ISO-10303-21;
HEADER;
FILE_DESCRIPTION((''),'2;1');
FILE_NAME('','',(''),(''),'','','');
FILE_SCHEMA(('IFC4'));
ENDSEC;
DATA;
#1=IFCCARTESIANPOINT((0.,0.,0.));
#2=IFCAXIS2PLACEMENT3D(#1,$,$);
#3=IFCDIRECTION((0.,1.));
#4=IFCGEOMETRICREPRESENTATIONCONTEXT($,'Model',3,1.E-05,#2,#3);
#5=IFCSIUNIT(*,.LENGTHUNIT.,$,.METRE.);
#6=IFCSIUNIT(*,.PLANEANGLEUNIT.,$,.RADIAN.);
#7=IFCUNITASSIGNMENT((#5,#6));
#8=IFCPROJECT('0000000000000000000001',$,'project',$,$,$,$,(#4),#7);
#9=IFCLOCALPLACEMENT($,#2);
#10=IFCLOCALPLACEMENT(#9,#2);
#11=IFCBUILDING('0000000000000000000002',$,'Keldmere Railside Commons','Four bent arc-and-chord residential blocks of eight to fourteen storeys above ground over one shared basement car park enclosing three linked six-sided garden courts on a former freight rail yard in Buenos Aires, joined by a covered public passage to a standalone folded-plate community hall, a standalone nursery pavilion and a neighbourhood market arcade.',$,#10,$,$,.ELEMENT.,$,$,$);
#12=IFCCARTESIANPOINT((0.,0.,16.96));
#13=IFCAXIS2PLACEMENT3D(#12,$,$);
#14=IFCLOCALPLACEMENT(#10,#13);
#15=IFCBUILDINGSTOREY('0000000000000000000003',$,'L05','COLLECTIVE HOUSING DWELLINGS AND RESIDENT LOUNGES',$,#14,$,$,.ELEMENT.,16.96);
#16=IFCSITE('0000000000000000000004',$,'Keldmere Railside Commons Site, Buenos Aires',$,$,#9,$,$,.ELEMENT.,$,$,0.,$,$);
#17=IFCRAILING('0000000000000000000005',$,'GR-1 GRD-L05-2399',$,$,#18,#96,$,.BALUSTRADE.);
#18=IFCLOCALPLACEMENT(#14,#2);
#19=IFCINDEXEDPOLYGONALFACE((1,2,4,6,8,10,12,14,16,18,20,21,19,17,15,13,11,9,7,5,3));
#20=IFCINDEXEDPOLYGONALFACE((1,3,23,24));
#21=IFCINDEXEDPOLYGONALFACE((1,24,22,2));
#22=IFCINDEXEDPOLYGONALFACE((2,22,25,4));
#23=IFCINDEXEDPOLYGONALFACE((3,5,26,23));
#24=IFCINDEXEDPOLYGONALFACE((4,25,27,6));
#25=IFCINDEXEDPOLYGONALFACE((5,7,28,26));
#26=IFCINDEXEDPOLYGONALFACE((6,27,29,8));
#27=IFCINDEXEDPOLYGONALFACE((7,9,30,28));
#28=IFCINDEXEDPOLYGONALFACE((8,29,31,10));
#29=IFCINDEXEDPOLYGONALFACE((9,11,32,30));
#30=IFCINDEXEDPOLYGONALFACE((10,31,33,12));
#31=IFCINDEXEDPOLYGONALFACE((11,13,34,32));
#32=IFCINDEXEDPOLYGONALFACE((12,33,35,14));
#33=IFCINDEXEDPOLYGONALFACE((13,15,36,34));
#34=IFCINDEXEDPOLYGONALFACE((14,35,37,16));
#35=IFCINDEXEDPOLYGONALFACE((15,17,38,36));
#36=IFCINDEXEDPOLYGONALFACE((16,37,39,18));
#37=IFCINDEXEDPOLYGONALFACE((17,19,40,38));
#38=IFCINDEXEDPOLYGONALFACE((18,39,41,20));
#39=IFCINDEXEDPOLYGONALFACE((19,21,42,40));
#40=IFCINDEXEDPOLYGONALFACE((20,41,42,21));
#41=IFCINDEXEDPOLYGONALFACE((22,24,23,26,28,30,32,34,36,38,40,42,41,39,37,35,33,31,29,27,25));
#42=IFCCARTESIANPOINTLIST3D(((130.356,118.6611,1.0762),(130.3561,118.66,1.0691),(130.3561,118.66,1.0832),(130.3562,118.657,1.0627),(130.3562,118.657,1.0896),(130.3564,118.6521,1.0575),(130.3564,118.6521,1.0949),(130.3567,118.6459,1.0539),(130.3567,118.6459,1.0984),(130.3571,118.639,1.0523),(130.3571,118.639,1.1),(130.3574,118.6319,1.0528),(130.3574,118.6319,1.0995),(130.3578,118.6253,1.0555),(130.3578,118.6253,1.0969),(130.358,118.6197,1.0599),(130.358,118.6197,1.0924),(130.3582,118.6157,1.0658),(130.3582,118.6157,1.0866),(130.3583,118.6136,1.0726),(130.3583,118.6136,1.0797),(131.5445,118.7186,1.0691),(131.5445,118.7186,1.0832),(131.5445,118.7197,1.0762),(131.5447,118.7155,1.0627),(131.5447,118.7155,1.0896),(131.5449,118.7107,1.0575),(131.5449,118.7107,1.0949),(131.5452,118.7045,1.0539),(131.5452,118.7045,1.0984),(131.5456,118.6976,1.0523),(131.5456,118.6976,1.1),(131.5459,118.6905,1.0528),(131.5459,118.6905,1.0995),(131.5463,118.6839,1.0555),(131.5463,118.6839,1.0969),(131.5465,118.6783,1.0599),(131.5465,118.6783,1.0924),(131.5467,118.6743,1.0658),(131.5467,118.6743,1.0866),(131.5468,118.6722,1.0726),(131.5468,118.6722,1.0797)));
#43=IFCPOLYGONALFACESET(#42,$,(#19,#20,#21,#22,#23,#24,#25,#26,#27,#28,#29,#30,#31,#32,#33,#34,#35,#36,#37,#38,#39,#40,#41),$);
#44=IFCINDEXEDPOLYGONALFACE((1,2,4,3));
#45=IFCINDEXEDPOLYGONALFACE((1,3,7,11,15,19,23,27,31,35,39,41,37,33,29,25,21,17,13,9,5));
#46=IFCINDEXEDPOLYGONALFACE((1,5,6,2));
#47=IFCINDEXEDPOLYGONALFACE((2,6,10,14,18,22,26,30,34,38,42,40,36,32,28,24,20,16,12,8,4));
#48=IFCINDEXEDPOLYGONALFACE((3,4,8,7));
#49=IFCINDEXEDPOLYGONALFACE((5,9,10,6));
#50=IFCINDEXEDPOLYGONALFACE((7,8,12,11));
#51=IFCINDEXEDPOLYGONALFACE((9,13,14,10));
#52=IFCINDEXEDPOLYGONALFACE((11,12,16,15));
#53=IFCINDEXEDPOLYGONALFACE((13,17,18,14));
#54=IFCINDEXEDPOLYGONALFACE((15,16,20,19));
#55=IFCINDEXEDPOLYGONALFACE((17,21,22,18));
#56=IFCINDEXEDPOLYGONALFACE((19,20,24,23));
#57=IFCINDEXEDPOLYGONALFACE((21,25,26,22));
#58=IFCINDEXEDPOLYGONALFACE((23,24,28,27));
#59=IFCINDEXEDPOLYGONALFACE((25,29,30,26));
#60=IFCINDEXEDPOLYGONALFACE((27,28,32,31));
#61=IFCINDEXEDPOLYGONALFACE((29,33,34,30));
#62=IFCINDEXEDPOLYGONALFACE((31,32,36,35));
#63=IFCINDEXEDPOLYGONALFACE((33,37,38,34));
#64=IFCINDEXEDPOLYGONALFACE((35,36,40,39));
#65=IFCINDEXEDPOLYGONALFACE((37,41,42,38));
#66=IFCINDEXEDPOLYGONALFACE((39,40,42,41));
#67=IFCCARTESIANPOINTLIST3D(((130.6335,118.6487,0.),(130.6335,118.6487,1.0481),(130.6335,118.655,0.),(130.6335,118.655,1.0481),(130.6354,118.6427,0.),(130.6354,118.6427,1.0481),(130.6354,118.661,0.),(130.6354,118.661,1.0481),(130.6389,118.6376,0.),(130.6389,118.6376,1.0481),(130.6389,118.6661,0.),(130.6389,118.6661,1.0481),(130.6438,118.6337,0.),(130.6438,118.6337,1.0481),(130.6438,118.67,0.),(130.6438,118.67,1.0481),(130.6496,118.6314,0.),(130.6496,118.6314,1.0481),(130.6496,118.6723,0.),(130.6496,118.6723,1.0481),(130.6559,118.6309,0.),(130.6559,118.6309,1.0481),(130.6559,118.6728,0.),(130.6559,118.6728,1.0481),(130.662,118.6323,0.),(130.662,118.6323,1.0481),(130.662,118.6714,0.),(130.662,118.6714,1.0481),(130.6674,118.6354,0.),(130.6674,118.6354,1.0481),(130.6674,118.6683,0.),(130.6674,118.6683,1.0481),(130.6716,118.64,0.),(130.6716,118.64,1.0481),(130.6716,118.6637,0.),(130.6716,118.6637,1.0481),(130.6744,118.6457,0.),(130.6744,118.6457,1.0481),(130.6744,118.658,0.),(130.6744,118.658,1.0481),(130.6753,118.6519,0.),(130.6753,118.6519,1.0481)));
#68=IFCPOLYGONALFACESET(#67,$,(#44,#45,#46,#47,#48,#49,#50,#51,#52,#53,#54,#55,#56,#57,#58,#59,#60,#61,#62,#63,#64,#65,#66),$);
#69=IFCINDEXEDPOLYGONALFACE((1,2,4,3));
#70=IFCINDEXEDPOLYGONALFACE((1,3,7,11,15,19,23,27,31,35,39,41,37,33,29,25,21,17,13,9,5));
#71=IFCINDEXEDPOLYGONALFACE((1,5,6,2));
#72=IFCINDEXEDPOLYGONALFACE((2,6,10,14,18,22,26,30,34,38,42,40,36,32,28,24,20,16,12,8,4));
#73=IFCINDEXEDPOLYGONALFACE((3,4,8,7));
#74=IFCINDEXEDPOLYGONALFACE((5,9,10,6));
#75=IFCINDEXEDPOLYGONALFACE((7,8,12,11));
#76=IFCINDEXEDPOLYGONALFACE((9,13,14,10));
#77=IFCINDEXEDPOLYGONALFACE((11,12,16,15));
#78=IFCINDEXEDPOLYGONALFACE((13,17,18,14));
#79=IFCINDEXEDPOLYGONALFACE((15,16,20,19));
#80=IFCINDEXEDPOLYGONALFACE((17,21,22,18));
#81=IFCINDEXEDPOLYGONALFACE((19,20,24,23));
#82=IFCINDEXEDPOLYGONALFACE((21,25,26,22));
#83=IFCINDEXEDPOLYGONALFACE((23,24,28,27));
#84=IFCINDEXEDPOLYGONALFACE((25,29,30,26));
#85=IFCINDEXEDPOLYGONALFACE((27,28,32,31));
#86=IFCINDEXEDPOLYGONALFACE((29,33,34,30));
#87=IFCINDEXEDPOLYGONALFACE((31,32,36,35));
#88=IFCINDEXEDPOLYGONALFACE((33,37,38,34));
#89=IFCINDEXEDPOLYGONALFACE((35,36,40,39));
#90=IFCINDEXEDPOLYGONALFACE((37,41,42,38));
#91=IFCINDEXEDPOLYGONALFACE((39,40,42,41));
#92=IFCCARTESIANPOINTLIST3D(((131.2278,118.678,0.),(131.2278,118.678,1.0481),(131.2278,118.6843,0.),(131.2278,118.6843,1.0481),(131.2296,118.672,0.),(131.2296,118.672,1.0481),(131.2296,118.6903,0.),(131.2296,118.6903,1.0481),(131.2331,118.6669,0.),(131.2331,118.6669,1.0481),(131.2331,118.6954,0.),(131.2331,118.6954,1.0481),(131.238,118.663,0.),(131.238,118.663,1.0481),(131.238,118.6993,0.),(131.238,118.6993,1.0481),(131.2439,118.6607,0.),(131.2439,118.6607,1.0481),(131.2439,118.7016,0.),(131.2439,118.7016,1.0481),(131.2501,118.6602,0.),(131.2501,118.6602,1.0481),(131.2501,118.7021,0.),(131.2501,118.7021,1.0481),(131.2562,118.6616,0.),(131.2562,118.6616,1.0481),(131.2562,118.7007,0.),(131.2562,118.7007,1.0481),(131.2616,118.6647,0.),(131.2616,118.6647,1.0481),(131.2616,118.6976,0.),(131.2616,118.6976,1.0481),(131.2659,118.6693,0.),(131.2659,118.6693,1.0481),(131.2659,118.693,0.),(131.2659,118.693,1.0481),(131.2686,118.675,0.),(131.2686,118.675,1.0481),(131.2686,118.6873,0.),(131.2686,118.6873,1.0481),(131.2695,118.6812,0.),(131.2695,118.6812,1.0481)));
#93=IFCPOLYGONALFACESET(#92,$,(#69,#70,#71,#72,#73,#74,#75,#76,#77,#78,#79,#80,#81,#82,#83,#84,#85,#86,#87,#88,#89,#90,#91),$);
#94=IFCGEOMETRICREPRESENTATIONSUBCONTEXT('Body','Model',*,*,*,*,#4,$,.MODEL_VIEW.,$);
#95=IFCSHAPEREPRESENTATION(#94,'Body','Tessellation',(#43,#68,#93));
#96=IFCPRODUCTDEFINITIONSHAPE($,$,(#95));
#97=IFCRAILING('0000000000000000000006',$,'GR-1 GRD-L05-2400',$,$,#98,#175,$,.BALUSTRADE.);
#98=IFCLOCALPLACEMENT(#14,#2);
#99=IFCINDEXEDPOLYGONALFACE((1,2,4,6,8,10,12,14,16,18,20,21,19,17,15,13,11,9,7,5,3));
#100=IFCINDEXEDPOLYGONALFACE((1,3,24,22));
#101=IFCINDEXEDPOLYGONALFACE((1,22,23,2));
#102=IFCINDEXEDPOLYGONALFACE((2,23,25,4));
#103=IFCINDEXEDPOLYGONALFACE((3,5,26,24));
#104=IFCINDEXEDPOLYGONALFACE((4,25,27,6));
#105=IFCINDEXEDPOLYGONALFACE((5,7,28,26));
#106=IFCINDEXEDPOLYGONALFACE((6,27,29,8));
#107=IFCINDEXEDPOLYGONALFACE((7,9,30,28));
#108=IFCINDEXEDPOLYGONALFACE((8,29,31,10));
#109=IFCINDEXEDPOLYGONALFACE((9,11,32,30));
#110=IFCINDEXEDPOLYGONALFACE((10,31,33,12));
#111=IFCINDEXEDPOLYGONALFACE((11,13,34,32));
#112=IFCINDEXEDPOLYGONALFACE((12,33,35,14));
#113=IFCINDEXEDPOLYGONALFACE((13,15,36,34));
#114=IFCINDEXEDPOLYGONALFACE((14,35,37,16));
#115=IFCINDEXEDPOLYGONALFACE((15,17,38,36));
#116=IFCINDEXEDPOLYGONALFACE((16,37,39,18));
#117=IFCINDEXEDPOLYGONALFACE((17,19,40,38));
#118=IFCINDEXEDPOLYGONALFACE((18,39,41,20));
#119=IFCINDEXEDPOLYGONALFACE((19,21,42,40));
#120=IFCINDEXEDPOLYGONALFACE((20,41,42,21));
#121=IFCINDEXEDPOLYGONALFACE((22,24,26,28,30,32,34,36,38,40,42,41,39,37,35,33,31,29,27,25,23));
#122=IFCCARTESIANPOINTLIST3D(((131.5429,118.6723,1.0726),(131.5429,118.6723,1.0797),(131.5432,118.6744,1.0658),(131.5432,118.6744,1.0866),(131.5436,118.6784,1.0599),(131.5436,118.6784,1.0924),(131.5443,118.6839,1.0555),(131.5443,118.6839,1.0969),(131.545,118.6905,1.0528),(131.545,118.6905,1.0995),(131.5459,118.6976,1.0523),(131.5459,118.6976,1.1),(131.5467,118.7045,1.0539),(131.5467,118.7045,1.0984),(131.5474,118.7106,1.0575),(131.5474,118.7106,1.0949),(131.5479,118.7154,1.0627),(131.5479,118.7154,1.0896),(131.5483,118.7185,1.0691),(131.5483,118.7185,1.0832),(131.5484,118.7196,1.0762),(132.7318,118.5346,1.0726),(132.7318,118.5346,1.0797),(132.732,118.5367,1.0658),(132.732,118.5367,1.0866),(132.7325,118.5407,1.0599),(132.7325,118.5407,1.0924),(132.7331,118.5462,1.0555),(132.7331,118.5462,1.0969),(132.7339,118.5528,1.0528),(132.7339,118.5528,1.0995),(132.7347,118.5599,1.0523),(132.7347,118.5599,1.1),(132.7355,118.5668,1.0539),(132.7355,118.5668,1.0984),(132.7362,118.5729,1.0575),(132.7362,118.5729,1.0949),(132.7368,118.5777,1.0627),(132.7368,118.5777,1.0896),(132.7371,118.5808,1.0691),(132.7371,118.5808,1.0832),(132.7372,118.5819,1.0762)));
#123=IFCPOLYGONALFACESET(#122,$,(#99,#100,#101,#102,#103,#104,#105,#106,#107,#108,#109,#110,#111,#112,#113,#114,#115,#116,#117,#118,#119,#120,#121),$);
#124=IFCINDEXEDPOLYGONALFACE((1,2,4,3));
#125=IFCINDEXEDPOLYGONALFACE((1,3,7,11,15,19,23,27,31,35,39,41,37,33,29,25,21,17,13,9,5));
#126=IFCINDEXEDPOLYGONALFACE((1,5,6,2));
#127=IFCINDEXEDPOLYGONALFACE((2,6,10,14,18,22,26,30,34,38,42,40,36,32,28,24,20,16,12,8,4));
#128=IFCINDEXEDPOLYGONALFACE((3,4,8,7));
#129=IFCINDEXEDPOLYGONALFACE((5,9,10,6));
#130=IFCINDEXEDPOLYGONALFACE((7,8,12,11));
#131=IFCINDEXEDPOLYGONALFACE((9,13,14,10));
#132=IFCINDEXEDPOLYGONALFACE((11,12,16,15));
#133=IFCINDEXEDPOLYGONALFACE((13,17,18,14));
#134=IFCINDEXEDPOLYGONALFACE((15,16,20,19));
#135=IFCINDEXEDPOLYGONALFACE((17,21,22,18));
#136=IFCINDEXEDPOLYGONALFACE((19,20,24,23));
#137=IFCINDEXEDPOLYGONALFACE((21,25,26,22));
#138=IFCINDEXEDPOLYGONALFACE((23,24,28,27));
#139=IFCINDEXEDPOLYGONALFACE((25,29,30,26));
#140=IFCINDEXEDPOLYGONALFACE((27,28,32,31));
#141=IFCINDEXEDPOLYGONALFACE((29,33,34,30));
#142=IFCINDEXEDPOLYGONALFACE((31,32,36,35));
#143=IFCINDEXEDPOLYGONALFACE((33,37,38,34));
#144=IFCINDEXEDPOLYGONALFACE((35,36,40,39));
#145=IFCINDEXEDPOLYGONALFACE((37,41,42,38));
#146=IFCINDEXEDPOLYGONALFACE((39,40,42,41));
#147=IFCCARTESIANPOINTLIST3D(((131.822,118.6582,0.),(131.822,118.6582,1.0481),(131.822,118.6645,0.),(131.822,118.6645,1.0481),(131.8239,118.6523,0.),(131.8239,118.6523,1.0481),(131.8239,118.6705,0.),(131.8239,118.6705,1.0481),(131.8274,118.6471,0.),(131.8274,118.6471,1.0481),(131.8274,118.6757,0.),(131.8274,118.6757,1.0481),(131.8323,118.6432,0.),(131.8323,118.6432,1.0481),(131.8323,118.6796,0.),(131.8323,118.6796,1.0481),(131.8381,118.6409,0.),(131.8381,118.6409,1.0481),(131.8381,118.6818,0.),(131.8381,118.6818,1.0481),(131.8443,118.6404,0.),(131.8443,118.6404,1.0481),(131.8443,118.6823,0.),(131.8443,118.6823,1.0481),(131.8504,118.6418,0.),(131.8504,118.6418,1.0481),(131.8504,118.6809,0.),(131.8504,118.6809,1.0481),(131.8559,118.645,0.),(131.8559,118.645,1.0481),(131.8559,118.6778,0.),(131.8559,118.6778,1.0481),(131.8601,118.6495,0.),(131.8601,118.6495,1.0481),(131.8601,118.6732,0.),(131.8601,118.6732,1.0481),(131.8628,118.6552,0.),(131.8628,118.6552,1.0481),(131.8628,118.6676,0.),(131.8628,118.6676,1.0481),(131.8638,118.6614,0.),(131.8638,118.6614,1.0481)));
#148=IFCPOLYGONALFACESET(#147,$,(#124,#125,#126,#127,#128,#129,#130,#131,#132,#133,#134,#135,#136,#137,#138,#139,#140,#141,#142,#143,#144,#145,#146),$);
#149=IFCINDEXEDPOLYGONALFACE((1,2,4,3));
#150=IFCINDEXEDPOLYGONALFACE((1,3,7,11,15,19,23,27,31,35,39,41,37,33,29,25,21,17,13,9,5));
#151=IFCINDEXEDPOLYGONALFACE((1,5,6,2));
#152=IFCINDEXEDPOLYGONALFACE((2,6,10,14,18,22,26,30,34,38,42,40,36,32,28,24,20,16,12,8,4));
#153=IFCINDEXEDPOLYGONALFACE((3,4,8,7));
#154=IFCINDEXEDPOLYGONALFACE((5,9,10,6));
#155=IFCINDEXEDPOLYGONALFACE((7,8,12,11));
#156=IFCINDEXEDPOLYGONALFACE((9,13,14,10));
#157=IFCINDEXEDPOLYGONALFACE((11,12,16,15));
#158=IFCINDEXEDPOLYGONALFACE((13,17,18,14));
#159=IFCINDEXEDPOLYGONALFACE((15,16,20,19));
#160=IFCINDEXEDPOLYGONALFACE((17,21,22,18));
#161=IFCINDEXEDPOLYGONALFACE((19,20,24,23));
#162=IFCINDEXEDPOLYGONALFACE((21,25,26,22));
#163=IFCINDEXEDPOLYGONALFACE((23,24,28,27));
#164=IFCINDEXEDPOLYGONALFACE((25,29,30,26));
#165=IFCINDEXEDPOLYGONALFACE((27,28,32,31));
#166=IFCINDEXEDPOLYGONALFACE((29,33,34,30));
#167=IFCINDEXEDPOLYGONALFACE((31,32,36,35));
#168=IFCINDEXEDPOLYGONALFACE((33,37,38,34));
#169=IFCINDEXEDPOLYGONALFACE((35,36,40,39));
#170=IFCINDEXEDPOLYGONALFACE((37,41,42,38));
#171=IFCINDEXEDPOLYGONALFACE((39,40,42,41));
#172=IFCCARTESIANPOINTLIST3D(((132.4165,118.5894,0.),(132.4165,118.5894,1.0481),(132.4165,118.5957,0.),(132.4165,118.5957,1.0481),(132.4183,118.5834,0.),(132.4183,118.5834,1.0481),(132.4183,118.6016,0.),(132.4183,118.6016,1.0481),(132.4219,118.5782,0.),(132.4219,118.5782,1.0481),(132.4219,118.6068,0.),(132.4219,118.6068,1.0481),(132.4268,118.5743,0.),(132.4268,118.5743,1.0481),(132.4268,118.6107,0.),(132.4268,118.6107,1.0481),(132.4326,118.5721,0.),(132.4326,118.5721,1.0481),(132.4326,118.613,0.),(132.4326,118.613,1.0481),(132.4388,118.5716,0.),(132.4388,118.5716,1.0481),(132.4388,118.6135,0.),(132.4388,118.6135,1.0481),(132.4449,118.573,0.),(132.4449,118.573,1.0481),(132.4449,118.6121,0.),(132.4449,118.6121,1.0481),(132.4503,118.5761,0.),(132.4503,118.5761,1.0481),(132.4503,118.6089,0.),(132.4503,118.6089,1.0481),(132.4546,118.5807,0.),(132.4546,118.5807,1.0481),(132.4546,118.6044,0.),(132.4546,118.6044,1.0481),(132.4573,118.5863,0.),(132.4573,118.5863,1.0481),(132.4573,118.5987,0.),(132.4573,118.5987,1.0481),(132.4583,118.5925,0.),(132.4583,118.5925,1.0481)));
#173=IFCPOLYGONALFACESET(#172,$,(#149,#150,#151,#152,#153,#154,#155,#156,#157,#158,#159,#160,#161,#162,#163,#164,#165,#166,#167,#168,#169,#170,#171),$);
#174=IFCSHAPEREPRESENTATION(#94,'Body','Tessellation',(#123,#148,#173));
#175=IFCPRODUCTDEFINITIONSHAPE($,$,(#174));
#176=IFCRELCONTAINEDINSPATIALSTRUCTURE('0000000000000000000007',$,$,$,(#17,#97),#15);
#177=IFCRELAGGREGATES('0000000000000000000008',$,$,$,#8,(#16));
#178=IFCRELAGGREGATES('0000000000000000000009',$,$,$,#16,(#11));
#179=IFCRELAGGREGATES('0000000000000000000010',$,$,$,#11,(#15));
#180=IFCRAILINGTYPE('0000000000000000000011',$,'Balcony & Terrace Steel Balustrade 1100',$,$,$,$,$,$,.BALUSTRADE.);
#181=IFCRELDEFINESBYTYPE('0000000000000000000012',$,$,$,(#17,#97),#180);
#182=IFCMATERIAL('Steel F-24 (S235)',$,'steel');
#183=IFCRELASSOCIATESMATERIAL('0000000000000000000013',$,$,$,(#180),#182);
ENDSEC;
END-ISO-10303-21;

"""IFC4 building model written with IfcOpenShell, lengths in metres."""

from ifc_helpers import new_model, si_unit, direction, frame, origin, origin_2d, place, context, subcontext, project, spatial, circle, extrude, material, type_object, element, save


model = new_model("IFC4")

# Units and contexts
model_context = context("Model", 3, precision=1e-05, world=origin(), true_north=direction((0.0, 1.0)))
body_context = subcontext(model_context, "Body", "Model", "MODEL_VIEW")
ifc_project = project(units=[si_unit("LENGTHUNIT", "METRE"), si_unit("PLANEANGLEUNIT", "RADIAN")], contexts=[model_context])

# Site, building, storey
site_placement = place(None, origin())
site = spatial("IfcSite", under=ifc_project, at=site_placement, Name="Keldmere Railside Commons Site, Buenos Aires", CompositionType="ELEMENT", RefElevation=0.0)
building_placement = place(site_placement, origin())
building = spatial("IfcBuilding", under=site, at=building_placement, Name="Keldmere Railside Commons", Description="Four bent arc-and-chord residential blocks of eight to fourteen storeys above ground over one shared basement car park enclosing three linked six-sided garden courts on a former freight rail yard in Buenos Aires, joined by a covered public passage to a standalone folded-plate community hall, a standalone nursery pavilion and a neighbourhood market arcade.", CompositionType="ELEMENT")
storey_placement = place(building_placement, frame((0.0, 0.0, 16.96)))
storey = spatial("IfcBuildingStorey", under=building, at=storey_placement, Name="L05", Description="COLLECTIVE HOUSING DWELLINGS AND RESIDENT LOUNGES", CompositionType="ELEMENT", Elevation=16.96)

# Railings
ifc_material_1 = material(Name="Steel F-24 (S235)", Category="steel")
railing_type = type_object("IfcRailingType", Name="Balcony & Terrace Steel Balustrade 1100", PredefinedType="BALUSTRADE", material=ifc_material_1)
railing_1_placement = place(storey_placement, frame((130.3572, 118.6372, 0.0)))
element("IfcRailing", 1, at=railing_1_placement, inside=storey, type_object=railing_type, Name="GR-1 GRD-L05-2399", PredefinedType="BALUSTRADE", context=body_context, shape_type="SweptSolid", body=[
    extrude(circle(Radius=0.0239, at=origin_2d()), frame((0.0, 0.0, 1.0762), z_axis=(0.998787, 0.049242, 0.0), x_axis=(-0.049242, 0.998787, 0.0)), (0.0, 0.0, 1.0), 1.1899),
    extrude(circle(Radius=0.021, at=origin_2d()), frame((0.2971, 0.0146, 0.0)), (0.0, 0.0, 1.0), 1.0481),
    extrude(circle(Radius=0.021, at=origin_2d()), frame((0.8914, 0.0439, 0.0)), (0.0, 0.0, 1.0), 1.0481),
])
railing_2_placement = place(storey_placement, frame((131.5457, 118.6958, 0.0)))
element("IfcRailing", 2, at=railing_2_placement, inside=storey, type_object=railing_type, Name="GR-1 GRD-L05-2400", PredefinedType="BALUSTRADE", context=body_context, shape_type="SweptSolid", body=[
    extrude(circle(Radius=0.0239, at=origin_2d()), frame((0.0, 0.0, 1.0762), z_axis=(0.993358, -0.115065, 0.0), x_axis=(0.115065, 0.993358, 0.0)), (0.0, 0.0, 1.0), 1.1968),
    extrude(circle(Radius=0.021, at=origin_2d()), frame((0.2971, -0.0344, 0.0)), (0.0, 0.0, 1.0), 1.0481),
    extrude(circle(Radius=0.021, at=origin_2d()), frame((0.8916, -0.1033, 0.0)), (0.0, 0.0, 1.0), 1.0481),
])

save(model, "model.ifc")
